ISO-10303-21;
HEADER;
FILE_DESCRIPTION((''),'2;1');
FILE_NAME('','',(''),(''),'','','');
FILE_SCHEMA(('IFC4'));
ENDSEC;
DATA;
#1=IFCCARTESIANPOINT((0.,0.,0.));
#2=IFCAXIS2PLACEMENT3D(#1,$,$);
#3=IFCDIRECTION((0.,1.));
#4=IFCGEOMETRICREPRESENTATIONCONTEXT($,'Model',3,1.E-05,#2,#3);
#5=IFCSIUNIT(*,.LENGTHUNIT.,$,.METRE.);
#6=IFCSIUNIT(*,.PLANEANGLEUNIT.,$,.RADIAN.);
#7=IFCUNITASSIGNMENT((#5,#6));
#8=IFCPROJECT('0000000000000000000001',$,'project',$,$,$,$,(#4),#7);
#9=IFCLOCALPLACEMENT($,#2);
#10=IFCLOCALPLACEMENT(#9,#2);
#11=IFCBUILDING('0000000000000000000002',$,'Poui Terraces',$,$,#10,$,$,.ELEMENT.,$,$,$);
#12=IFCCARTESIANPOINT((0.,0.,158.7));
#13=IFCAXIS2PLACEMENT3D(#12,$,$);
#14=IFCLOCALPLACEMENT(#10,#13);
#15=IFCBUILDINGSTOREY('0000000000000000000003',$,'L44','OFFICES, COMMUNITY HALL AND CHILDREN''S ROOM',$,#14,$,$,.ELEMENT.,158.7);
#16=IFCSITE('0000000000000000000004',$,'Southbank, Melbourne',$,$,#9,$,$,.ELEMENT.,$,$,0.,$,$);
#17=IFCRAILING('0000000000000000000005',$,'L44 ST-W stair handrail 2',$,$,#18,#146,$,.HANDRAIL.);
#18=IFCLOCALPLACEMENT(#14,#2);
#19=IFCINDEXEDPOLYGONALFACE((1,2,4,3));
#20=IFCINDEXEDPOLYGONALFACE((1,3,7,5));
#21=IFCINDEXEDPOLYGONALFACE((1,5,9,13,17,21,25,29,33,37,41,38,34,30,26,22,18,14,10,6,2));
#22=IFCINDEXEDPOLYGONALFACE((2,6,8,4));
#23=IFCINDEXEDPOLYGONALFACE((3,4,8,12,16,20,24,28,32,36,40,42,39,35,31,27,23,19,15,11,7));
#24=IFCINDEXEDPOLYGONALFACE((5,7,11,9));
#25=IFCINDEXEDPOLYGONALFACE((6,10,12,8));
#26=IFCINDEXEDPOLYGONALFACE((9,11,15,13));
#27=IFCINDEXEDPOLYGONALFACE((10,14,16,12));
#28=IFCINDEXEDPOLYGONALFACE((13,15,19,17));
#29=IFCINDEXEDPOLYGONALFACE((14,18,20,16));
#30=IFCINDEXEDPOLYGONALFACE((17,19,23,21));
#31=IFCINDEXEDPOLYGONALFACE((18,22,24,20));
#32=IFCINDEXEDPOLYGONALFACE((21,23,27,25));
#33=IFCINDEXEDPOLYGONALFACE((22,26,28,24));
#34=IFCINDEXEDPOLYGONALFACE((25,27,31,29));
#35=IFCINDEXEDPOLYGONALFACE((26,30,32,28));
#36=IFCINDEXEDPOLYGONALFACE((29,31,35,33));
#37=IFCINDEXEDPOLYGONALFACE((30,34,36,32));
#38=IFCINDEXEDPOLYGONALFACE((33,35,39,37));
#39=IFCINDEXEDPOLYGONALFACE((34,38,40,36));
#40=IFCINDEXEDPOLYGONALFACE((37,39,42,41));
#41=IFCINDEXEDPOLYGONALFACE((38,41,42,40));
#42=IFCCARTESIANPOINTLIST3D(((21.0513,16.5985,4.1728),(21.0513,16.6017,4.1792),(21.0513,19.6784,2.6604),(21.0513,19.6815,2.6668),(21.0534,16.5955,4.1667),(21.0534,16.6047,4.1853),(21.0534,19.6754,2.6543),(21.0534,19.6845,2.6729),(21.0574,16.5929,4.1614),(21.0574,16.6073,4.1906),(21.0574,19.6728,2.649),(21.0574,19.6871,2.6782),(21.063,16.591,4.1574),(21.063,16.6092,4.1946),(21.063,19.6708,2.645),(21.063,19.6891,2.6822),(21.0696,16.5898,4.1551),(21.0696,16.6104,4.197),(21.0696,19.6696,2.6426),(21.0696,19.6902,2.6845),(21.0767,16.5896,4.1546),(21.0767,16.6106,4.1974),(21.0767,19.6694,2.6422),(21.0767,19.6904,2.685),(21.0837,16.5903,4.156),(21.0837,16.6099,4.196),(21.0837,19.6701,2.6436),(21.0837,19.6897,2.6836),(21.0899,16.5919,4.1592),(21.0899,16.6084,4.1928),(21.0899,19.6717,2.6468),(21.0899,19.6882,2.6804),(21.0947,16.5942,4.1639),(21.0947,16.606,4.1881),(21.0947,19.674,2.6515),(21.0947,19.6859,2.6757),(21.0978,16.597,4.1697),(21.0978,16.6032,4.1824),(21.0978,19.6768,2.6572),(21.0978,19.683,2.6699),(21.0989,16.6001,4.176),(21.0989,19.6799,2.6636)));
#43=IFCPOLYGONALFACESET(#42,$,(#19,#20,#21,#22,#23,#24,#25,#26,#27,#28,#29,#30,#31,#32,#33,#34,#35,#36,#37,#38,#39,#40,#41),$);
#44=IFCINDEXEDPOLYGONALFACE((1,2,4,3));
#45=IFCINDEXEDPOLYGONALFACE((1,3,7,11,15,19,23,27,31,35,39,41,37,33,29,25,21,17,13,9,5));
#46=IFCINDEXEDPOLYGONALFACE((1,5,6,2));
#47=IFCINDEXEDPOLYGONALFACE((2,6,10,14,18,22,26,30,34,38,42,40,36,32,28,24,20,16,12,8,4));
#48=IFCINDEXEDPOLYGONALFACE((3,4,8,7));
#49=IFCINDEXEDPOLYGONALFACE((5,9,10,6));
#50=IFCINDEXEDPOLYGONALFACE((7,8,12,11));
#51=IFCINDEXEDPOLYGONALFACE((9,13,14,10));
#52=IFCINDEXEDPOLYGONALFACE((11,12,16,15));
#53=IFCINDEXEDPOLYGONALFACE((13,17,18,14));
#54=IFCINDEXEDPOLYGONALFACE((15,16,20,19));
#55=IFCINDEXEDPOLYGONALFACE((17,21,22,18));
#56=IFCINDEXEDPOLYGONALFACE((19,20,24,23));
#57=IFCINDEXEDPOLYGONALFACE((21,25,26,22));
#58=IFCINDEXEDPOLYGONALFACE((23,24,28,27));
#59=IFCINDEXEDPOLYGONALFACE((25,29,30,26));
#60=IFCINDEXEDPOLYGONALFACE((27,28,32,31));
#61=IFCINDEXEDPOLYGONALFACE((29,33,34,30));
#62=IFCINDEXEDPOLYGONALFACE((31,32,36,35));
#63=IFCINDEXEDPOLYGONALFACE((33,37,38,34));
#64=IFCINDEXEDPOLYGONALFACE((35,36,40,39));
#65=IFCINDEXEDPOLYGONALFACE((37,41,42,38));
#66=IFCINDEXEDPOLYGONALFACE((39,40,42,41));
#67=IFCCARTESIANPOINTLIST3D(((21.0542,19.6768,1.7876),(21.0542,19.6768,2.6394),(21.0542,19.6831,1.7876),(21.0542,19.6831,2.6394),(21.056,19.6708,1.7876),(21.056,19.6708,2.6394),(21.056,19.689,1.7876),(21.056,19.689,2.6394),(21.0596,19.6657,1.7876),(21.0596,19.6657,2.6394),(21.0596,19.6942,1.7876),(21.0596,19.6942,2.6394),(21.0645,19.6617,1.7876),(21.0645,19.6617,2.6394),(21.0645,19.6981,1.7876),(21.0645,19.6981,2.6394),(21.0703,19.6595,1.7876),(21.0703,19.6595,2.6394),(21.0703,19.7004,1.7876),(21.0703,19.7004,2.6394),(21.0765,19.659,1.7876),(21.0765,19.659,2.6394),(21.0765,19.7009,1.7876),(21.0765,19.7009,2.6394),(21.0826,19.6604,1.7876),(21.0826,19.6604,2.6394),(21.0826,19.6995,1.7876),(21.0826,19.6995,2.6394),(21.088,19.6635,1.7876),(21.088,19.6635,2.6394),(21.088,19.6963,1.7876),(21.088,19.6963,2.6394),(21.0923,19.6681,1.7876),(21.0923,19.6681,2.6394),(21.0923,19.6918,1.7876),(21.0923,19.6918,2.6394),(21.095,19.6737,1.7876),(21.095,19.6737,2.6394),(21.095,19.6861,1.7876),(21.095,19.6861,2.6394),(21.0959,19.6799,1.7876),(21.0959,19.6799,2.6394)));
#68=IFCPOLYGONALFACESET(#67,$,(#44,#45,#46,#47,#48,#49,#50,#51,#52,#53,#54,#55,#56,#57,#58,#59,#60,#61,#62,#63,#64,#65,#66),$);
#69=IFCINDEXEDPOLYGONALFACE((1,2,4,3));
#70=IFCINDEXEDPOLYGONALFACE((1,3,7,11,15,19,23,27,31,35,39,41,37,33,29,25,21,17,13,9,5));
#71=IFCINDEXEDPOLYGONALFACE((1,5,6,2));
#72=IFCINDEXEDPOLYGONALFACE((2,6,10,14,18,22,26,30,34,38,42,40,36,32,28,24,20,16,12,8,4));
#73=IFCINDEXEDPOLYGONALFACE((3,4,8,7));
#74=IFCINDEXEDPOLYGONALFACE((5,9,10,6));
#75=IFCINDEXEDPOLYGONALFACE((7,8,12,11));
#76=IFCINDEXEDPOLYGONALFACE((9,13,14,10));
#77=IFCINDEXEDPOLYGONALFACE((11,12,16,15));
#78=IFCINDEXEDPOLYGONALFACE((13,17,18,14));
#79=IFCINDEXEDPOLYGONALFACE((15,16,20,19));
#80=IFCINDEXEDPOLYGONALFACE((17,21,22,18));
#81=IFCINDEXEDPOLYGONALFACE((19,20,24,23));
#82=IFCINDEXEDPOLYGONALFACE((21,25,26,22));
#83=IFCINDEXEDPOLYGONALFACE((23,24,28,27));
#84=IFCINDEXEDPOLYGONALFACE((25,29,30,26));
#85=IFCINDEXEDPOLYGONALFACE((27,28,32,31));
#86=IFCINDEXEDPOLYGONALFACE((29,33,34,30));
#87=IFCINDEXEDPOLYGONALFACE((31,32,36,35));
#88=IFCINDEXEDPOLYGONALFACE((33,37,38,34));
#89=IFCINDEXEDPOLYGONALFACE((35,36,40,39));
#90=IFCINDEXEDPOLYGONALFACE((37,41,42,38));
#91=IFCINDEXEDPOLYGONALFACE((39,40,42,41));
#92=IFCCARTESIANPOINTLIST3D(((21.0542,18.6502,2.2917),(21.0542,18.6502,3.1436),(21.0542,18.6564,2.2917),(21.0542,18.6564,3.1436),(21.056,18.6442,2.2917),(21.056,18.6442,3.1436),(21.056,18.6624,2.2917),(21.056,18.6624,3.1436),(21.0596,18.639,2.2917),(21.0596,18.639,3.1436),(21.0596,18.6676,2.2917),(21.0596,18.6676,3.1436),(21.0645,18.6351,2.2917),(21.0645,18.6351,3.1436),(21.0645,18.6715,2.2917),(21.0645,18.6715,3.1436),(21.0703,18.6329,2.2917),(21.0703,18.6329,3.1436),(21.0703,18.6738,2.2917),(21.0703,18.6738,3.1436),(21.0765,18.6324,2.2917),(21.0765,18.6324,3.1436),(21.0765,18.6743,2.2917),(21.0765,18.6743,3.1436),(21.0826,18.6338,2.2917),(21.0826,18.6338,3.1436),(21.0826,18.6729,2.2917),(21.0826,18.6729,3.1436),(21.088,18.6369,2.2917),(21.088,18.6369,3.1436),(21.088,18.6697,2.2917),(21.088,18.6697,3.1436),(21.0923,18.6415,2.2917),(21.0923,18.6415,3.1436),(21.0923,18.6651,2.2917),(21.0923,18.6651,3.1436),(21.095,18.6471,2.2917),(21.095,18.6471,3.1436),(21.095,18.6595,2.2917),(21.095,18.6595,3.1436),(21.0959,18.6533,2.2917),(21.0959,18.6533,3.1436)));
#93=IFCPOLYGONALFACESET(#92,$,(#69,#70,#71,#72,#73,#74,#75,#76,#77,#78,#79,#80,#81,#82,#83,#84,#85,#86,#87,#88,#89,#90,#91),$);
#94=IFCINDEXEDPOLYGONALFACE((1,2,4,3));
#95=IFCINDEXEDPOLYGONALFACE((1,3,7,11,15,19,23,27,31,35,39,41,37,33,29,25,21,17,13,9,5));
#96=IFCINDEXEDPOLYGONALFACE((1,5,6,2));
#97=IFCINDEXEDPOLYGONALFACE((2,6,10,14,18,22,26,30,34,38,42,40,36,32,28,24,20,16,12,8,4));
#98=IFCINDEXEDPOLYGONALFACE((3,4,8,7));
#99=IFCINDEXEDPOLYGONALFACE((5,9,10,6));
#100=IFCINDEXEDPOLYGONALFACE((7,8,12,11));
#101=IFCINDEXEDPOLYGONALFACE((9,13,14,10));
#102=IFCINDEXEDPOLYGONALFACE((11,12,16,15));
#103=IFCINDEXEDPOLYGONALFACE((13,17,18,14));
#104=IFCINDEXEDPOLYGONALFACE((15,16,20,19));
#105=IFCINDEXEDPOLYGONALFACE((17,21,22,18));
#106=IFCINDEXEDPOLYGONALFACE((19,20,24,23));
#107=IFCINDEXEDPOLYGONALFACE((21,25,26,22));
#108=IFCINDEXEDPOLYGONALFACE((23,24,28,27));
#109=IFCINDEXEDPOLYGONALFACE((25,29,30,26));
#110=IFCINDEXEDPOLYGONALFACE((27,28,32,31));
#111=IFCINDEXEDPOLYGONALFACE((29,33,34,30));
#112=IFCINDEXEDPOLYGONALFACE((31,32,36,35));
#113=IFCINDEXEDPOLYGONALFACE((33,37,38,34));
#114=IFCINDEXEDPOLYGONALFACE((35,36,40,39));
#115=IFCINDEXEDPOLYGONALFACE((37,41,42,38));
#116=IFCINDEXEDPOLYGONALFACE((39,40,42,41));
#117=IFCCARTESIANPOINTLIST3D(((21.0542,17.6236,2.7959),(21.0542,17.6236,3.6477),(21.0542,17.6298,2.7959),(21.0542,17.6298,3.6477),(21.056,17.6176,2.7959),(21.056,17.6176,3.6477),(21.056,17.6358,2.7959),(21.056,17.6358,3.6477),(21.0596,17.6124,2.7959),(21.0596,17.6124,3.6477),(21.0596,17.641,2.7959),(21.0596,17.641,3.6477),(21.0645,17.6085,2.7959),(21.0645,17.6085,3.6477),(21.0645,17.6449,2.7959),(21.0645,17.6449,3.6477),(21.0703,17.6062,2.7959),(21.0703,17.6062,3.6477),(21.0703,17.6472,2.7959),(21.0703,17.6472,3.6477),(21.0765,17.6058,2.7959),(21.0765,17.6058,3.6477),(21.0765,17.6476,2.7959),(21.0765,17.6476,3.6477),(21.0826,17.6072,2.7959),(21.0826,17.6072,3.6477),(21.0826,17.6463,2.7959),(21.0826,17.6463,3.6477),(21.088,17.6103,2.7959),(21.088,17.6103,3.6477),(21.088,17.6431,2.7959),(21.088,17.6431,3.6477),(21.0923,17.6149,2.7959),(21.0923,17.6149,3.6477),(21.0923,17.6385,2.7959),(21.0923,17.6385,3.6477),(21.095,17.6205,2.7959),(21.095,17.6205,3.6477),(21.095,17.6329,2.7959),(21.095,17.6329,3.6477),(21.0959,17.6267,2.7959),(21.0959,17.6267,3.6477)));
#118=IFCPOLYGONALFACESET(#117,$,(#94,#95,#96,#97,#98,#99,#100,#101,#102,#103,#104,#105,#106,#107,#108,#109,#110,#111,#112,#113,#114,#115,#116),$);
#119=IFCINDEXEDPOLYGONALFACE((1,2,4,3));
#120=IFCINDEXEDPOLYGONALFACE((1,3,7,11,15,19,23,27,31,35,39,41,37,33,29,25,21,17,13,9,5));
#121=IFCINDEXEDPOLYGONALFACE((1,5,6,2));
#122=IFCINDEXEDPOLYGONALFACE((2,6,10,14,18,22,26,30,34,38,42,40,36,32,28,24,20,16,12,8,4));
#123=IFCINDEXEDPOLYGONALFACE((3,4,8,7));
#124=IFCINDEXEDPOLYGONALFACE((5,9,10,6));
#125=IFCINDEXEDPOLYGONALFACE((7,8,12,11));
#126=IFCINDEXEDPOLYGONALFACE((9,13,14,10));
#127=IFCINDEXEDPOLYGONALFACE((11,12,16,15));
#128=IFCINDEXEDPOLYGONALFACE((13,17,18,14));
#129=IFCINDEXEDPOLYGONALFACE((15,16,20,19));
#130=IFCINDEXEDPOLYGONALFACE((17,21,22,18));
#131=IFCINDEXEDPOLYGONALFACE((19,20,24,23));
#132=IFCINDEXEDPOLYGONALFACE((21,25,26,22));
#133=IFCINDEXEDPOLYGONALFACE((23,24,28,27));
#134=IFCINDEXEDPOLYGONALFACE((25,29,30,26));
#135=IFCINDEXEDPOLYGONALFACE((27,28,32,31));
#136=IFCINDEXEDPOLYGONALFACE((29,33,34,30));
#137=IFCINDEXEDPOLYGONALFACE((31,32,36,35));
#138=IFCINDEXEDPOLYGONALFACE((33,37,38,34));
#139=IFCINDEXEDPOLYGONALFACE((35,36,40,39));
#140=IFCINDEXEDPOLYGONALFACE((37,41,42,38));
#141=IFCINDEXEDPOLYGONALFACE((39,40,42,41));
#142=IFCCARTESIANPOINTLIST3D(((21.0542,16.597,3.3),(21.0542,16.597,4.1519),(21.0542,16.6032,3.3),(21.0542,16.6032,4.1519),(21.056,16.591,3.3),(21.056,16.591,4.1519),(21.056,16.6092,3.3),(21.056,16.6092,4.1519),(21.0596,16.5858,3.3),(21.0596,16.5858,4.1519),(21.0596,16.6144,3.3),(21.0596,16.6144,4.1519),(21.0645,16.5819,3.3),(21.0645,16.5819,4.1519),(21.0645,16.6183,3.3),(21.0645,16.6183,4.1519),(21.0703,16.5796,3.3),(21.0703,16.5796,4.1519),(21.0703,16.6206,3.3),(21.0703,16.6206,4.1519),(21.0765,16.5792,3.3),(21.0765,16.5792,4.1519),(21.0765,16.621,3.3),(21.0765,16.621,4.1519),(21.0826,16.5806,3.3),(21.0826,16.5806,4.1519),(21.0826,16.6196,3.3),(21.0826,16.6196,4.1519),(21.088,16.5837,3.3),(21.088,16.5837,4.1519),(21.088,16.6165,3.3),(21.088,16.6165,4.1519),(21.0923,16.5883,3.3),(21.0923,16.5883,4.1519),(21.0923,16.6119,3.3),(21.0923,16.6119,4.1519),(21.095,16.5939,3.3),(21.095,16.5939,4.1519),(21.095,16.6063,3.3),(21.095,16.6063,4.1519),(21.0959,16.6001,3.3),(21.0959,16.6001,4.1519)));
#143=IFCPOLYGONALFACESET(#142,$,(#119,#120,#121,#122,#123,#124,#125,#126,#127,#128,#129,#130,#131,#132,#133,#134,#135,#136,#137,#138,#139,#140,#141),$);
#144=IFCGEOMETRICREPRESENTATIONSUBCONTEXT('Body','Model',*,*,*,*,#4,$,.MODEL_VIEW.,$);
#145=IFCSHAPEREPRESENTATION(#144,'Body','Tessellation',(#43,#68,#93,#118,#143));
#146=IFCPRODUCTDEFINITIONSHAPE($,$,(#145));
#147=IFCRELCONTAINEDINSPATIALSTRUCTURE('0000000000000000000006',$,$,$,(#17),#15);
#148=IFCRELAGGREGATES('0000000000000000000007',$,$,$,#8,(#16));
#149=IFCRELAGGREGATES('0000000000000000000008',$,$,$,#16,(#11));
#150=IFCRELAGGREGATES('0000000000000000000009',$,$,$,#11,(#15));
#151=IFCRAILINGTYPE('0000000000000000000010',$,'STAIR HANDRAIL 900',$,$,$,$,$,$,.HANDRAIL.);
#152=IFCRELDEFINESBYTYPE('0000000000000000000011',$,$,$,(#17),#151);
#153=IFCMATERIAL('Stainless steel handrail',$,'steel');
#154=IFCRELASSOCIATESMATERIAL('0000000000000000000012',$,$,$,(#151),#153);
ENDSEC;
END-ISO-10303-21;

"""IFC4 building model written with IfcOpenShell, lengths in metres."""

from ifc_helpers import new_model, si_unit, direction, frame, origin, origin_2d, place, context, subcontext, project, spatial, circle, extrude, material, type_object, element, save


model = new_model("IFC4")

# Units and contexts
model_context = context("Model", 3, precision=1e-05, world=origin(), true_north=direction((0.0, 1.0)))
body_context = subcontext(model_context, "Body", "Model", "MODEL_VIEW")
ifc_project = project(units=[si_unit("LENGTHUNIT", "METRE"), si_unit("PLANEANGLEUNIT", "RADIAN")], contexts=[model_context])

# Site, building, storey
site_placement = place(None, origin())
site = spatial("IfcSite", under=ifc_project, at=site_placement, Name="Southbank, Melbourne", CompositionType="ELEMENT", RefElevation=0.0)
building_placement = place(site_placement, origin())
building = spatial("IfcBuilding", under=site, at=building_placement, Name="Poui Terraces", CompositionType="ELEMENT")
storey_placement = place(building_placement, frame((0.0, 0.0, 158.7)))
storey = spatial("IfcBuildingStorey", under=building, at=storey_placement, Name="L44", Description="OFFICES, COMMUNITY HALL AND CHILDREN'S ROOM", CompositionType="ELEMENT", Elevation=158.7)

# Railing
ifc_material_1 = material(Name="Stainless steel handrail", Category="steel")
railing_type_1 = type_object("IfcRailingType", Name="STAIR HANDRAIL 900", PredefinedType="HANDRAIL", material=ifc_material_1)
railing_1_placement = place(storey_placement, frame((21.075, 19.6799, 1.7876)))
element("IfcRailing", 1, at=railing_1_placement, inside=storey, type_object=railing_type_1, Name="L44 ST-W stair handrail 2", PredefinedType="HANDRAIL", context=body_context, shape_type="SweptSolid", body=[
    extrude(circle(Radius=0.0239, at=origin_2d()), frame((0.0, 0.0, 0.876), z_axis=(0.0, -0.897606, 0.440798), x_axis=(1.0, 0.0, 0.0)), (0.0, 0.0, 1.0), 3.4312),
    extrude(circle(Radius=0.021, at=origin_2d()), origin(), (0.0, 0.0, 1.0), 0.8518),
    extrude(circle(Radius=0.021, at=origin_2d()), frame((0.0, -1.0266, 0.5042)), (0.0, 0.0, 1.0), 0.8518),
    extrude(circle(Radius=0.021, at=origin_2d()), frame((0.0, -2.0532, 1.0083)), (0.0, 0.0, 1.0), 0.8518),
    extrude(circle(Radius=0.021, at=origin_2d()), frame((0.0, -3.0798, 1.5125)), (0.0, 0.0, 1.0), 0.8518),
])

save(model, "model.ifc")
